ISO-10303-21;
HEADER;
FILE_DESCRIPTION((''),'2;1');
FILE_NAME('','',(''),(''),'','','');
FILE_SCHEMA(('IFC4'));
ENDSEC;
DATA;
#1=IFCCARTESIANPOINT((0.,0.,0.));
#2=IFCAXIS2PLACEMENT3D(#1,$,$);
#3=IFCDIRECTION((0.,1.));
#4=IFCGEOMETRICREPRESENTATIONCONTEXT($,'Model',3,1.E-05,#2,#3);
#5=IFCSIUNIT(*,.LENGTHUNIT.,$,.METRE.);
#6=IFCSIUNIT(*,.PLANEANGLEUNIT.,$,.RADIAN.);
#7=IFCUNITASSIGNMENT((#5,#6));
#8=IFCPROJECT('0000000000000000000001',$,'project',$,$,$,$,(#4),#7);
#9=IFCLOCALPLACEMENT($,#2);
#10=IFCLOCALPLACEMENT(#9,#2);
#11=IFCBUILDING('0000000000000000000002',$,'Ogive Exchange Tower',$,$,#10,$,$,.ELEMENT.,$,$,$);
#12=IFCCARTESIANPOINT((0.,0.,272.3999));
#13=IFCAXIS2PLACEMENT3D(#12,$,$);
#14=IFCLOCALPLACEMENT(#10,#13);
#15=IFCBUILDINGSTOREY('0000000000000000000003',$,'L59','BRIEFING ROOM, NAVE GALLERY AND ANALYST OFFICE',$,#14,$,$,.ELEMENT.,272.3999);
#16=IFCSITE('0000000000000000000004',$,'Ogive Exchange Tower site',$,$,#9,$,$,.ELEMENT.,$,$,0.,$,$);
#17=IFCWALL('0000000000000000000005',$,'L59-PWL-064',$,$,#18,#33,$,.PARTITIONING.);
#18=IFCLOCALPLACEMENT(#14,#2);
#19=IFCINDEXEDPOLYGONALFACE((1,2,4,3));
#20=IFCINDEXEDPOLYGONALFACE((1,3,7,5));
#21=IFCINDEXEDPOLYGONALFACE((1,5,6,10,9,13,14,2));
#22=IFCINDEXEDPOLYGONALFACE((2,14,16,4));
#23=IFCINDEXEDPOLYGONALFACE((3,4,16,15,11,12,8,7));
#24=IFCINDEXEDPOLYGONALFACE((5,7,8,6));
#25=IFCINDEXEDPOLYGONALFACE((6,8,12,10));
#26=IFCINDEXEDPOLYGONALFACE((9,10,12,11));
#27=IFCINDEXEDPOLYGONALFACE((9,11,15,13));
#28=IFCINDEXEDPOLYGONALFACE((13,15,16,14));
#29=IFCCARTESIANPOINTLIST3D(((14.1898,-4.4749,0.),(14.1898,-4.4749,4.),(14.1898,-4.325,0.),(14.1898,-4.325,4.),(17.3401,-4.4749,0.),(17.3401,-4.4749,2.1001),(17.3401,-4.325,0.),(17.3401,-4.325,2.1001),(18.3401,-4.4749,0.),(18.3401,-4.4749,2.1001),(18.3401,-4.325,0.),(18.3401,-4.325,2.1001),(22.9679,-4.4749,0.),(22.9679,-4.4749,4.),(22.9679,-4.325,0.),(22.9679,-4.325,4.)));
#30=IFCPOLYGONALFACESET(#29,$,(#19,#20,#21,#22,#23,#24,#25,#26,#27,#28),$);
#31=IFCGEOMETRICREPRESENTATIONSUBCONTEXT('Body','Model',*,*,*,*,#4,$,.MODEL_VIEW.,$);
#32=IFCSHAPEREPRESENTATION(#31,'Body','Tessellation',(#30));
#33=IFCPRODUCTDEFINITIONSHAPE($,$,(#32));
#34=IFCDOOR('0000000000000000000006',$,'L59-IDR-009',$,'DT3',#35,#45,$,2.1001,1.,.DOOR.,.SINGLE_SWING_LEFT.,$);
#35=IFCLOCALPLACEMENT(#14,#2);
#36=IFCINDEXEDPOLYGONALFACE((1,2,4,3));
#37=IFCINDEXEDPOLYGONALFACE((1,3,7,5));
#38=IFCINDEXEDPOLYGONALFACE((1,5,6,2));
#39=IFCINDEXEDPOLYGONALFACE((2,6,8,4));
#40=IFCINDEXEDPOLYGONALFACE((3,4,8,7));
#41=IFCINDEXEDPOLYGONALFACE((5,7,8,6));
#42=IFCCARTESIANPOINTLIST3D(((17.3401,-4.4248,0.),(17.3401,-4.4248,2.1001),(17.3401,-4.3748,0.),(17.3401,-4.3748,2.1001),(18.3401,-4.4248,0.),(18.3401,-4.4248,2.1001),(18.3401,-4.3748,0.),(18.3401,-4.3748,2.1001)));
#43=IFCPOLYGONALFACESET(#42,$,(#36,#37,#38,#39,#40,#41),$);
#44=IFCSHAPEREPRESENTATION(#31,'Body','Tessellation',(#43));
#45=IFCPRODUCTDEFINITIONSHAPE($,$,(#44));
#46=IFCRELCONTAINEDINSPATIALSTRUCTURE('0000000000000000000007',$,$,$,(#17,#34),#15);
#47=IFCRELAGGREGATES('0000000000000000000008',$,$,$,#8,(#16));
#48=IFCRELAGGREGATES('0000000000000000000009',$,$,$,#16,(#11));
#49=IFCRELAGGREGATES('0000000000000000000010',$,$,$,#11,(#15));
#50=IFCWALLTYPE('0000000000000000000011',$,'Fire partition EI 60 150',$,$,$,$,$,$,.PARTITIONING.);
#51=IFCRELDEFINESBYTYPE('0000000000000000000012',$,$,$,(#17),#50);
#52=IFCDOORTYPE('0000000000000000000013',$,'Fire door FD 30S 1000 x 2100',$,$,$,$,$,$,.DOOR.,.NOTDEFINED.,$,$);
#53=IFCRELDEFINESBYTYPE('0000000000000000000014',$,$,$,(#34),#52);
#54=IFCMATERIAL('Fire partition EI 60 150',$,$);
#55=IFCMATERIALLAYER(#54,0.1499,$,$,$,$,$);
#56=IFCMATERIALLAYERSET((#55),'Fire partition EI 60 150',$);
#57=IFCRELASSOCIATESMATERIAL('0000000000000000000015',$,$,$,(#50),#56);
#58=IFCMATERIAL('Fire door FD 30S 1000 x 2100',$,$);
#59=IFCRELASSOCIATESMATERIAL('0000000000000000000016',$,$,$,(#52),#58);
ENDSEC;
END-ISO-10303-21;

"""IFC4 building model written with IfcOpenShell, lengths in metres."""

from ifc_helpers import new_model, si_unit, direction, frame, frame_2d, origin, place, context, subcontext, project, spatial, rectangle, extrude, material, layer, layer_set, type_object, element, fill, save


model = new_model("IFC4")

# Units and contexts
model_context = context("Model", 3, precision=1e-05, world=origin(), true_north=direction((0.0, 1.0)))
body_context = subcontext(model_context, "Body", "Model", "MODEL_VIEW")
ifc_project = project(units=[si_unit("LENGTHUNIT", "METRE"), si_unit("PLANEANGLEUNIT", "RADIAN")], contexts=[model_context])

# Site, building, storey
site_placement = place(None, origin())
site = spatial("IfcSite", under=ifc_project, at=site_placement, Name="Ogive Exchange Tower site", CompositionType="ELEMENT", RefElevation=0.0)
building_placement = place(site_placement, origin())
building = spatial("IfcBuilding", under=site, at=building_placement, Name="Ogive Exchange Tower", CompositionType="ELEMENT")
storey_placement = place(building_placement, frame((0.0, 0.0, 272.3999)))
storey = spatial("IfcBuildingStorey", under=building, at=storey_placement, Name="L59", Description="BRIEFING ROOM, NAVE GALLERY AND ANALYST OFFICE", CompositionType="ELEMENT", Elevation=272.3999)

# Wall, opening, door
ifc_material_1 = material(Name="Fire partition EI 60 150")
ifc_layer_1 = layer(ifc_material_1, 0.1499)
ifc_layer_set_1 = layer_set([ifc_layer_1], Name="Fire partition EI 60 150")
wall_type_1 = type_object("IfcWallType", Name="Fire partition EI 60 150", PredefinedType="PARTITIONING", material=ifc_layer_set_1)
wall_1_placement = place(storey_placement, frame((22.968, -4.3999, 0.0), z_axis=(0.0, 0.0, 1.0), x_axis=(-1.0, 0.0, 0.0)))
wall_1 = element("IfcWall", 1, at=wall_1_placement, inside=storey, type_object=wall_type_1, Name="L59-PWL-064", PredefinedType="PARTITIONING", context=body_context, shape_type="SweptSolid", body=[
    extrude(rectangle(XDim=8.7781, YDim=0.1499, at=frame_2d((4.3892, 0.0))), origin(), (0.0, 0.0, 1.0), 4.0),
])
opening_1_placement = place(wall_1_placement, frame((4.6279, 0.0, 0.0)))
opening_1 = element("IfcOpeningElement", 2, at=opening_1_placement, cuts=wall_1, PredefinedType="OPENING", context=body_context, shape_type="SweptSolid", body=[
    extrude(rectangle(XDim=1.0, YDim=2.1001, at=frame_2d((0.5, 1.05))), frame((0.0, 0.085, 0.0), z_axis=(0.0, -1.0, 0.0), x_axis=(1.0, 0.0, 0.0)), (0.0, 0.0, 1.0), 0.1699),
])
ifc_material_2 = material(Name="Fire door FD 30S 1000 x 2100")
door_type_1 = type_object("IfcDoorType", Name="Fire door FD 30S 1000 x 2100", OperationType="NOTDEFINED", PredefinedType="DOOR", material=ifc_material_2)
door_1_placement = place(opening_1_placement, origin())
door_1 = element("IfcDoor", 3, at=door_1_placement, inside=storey, type_object=door_type_1, Name="L59-IDR-009", ObjectType="DT3", OperationType="SINGLE_SWING_LEFT", OverallHeight=2.1001, OverallWidth=1.0, PredefinedType="DOOR", context=body_context, shape_type="SweptSolid", body=[
    extrude(rectangle(XDim=1.0, YDim=2.1001, at=frame_2d((0.5, 1.05))), frame((0.0, 0.0249, 0.0), z_axis=(0.0, -1.0, 0.0), x_axis=(1.0, 0.0, 0.0)), (0.0, 0.0, 1.0), 0.05),
])
fill(opening_1, door_1)

save(model, "model.ifc")
